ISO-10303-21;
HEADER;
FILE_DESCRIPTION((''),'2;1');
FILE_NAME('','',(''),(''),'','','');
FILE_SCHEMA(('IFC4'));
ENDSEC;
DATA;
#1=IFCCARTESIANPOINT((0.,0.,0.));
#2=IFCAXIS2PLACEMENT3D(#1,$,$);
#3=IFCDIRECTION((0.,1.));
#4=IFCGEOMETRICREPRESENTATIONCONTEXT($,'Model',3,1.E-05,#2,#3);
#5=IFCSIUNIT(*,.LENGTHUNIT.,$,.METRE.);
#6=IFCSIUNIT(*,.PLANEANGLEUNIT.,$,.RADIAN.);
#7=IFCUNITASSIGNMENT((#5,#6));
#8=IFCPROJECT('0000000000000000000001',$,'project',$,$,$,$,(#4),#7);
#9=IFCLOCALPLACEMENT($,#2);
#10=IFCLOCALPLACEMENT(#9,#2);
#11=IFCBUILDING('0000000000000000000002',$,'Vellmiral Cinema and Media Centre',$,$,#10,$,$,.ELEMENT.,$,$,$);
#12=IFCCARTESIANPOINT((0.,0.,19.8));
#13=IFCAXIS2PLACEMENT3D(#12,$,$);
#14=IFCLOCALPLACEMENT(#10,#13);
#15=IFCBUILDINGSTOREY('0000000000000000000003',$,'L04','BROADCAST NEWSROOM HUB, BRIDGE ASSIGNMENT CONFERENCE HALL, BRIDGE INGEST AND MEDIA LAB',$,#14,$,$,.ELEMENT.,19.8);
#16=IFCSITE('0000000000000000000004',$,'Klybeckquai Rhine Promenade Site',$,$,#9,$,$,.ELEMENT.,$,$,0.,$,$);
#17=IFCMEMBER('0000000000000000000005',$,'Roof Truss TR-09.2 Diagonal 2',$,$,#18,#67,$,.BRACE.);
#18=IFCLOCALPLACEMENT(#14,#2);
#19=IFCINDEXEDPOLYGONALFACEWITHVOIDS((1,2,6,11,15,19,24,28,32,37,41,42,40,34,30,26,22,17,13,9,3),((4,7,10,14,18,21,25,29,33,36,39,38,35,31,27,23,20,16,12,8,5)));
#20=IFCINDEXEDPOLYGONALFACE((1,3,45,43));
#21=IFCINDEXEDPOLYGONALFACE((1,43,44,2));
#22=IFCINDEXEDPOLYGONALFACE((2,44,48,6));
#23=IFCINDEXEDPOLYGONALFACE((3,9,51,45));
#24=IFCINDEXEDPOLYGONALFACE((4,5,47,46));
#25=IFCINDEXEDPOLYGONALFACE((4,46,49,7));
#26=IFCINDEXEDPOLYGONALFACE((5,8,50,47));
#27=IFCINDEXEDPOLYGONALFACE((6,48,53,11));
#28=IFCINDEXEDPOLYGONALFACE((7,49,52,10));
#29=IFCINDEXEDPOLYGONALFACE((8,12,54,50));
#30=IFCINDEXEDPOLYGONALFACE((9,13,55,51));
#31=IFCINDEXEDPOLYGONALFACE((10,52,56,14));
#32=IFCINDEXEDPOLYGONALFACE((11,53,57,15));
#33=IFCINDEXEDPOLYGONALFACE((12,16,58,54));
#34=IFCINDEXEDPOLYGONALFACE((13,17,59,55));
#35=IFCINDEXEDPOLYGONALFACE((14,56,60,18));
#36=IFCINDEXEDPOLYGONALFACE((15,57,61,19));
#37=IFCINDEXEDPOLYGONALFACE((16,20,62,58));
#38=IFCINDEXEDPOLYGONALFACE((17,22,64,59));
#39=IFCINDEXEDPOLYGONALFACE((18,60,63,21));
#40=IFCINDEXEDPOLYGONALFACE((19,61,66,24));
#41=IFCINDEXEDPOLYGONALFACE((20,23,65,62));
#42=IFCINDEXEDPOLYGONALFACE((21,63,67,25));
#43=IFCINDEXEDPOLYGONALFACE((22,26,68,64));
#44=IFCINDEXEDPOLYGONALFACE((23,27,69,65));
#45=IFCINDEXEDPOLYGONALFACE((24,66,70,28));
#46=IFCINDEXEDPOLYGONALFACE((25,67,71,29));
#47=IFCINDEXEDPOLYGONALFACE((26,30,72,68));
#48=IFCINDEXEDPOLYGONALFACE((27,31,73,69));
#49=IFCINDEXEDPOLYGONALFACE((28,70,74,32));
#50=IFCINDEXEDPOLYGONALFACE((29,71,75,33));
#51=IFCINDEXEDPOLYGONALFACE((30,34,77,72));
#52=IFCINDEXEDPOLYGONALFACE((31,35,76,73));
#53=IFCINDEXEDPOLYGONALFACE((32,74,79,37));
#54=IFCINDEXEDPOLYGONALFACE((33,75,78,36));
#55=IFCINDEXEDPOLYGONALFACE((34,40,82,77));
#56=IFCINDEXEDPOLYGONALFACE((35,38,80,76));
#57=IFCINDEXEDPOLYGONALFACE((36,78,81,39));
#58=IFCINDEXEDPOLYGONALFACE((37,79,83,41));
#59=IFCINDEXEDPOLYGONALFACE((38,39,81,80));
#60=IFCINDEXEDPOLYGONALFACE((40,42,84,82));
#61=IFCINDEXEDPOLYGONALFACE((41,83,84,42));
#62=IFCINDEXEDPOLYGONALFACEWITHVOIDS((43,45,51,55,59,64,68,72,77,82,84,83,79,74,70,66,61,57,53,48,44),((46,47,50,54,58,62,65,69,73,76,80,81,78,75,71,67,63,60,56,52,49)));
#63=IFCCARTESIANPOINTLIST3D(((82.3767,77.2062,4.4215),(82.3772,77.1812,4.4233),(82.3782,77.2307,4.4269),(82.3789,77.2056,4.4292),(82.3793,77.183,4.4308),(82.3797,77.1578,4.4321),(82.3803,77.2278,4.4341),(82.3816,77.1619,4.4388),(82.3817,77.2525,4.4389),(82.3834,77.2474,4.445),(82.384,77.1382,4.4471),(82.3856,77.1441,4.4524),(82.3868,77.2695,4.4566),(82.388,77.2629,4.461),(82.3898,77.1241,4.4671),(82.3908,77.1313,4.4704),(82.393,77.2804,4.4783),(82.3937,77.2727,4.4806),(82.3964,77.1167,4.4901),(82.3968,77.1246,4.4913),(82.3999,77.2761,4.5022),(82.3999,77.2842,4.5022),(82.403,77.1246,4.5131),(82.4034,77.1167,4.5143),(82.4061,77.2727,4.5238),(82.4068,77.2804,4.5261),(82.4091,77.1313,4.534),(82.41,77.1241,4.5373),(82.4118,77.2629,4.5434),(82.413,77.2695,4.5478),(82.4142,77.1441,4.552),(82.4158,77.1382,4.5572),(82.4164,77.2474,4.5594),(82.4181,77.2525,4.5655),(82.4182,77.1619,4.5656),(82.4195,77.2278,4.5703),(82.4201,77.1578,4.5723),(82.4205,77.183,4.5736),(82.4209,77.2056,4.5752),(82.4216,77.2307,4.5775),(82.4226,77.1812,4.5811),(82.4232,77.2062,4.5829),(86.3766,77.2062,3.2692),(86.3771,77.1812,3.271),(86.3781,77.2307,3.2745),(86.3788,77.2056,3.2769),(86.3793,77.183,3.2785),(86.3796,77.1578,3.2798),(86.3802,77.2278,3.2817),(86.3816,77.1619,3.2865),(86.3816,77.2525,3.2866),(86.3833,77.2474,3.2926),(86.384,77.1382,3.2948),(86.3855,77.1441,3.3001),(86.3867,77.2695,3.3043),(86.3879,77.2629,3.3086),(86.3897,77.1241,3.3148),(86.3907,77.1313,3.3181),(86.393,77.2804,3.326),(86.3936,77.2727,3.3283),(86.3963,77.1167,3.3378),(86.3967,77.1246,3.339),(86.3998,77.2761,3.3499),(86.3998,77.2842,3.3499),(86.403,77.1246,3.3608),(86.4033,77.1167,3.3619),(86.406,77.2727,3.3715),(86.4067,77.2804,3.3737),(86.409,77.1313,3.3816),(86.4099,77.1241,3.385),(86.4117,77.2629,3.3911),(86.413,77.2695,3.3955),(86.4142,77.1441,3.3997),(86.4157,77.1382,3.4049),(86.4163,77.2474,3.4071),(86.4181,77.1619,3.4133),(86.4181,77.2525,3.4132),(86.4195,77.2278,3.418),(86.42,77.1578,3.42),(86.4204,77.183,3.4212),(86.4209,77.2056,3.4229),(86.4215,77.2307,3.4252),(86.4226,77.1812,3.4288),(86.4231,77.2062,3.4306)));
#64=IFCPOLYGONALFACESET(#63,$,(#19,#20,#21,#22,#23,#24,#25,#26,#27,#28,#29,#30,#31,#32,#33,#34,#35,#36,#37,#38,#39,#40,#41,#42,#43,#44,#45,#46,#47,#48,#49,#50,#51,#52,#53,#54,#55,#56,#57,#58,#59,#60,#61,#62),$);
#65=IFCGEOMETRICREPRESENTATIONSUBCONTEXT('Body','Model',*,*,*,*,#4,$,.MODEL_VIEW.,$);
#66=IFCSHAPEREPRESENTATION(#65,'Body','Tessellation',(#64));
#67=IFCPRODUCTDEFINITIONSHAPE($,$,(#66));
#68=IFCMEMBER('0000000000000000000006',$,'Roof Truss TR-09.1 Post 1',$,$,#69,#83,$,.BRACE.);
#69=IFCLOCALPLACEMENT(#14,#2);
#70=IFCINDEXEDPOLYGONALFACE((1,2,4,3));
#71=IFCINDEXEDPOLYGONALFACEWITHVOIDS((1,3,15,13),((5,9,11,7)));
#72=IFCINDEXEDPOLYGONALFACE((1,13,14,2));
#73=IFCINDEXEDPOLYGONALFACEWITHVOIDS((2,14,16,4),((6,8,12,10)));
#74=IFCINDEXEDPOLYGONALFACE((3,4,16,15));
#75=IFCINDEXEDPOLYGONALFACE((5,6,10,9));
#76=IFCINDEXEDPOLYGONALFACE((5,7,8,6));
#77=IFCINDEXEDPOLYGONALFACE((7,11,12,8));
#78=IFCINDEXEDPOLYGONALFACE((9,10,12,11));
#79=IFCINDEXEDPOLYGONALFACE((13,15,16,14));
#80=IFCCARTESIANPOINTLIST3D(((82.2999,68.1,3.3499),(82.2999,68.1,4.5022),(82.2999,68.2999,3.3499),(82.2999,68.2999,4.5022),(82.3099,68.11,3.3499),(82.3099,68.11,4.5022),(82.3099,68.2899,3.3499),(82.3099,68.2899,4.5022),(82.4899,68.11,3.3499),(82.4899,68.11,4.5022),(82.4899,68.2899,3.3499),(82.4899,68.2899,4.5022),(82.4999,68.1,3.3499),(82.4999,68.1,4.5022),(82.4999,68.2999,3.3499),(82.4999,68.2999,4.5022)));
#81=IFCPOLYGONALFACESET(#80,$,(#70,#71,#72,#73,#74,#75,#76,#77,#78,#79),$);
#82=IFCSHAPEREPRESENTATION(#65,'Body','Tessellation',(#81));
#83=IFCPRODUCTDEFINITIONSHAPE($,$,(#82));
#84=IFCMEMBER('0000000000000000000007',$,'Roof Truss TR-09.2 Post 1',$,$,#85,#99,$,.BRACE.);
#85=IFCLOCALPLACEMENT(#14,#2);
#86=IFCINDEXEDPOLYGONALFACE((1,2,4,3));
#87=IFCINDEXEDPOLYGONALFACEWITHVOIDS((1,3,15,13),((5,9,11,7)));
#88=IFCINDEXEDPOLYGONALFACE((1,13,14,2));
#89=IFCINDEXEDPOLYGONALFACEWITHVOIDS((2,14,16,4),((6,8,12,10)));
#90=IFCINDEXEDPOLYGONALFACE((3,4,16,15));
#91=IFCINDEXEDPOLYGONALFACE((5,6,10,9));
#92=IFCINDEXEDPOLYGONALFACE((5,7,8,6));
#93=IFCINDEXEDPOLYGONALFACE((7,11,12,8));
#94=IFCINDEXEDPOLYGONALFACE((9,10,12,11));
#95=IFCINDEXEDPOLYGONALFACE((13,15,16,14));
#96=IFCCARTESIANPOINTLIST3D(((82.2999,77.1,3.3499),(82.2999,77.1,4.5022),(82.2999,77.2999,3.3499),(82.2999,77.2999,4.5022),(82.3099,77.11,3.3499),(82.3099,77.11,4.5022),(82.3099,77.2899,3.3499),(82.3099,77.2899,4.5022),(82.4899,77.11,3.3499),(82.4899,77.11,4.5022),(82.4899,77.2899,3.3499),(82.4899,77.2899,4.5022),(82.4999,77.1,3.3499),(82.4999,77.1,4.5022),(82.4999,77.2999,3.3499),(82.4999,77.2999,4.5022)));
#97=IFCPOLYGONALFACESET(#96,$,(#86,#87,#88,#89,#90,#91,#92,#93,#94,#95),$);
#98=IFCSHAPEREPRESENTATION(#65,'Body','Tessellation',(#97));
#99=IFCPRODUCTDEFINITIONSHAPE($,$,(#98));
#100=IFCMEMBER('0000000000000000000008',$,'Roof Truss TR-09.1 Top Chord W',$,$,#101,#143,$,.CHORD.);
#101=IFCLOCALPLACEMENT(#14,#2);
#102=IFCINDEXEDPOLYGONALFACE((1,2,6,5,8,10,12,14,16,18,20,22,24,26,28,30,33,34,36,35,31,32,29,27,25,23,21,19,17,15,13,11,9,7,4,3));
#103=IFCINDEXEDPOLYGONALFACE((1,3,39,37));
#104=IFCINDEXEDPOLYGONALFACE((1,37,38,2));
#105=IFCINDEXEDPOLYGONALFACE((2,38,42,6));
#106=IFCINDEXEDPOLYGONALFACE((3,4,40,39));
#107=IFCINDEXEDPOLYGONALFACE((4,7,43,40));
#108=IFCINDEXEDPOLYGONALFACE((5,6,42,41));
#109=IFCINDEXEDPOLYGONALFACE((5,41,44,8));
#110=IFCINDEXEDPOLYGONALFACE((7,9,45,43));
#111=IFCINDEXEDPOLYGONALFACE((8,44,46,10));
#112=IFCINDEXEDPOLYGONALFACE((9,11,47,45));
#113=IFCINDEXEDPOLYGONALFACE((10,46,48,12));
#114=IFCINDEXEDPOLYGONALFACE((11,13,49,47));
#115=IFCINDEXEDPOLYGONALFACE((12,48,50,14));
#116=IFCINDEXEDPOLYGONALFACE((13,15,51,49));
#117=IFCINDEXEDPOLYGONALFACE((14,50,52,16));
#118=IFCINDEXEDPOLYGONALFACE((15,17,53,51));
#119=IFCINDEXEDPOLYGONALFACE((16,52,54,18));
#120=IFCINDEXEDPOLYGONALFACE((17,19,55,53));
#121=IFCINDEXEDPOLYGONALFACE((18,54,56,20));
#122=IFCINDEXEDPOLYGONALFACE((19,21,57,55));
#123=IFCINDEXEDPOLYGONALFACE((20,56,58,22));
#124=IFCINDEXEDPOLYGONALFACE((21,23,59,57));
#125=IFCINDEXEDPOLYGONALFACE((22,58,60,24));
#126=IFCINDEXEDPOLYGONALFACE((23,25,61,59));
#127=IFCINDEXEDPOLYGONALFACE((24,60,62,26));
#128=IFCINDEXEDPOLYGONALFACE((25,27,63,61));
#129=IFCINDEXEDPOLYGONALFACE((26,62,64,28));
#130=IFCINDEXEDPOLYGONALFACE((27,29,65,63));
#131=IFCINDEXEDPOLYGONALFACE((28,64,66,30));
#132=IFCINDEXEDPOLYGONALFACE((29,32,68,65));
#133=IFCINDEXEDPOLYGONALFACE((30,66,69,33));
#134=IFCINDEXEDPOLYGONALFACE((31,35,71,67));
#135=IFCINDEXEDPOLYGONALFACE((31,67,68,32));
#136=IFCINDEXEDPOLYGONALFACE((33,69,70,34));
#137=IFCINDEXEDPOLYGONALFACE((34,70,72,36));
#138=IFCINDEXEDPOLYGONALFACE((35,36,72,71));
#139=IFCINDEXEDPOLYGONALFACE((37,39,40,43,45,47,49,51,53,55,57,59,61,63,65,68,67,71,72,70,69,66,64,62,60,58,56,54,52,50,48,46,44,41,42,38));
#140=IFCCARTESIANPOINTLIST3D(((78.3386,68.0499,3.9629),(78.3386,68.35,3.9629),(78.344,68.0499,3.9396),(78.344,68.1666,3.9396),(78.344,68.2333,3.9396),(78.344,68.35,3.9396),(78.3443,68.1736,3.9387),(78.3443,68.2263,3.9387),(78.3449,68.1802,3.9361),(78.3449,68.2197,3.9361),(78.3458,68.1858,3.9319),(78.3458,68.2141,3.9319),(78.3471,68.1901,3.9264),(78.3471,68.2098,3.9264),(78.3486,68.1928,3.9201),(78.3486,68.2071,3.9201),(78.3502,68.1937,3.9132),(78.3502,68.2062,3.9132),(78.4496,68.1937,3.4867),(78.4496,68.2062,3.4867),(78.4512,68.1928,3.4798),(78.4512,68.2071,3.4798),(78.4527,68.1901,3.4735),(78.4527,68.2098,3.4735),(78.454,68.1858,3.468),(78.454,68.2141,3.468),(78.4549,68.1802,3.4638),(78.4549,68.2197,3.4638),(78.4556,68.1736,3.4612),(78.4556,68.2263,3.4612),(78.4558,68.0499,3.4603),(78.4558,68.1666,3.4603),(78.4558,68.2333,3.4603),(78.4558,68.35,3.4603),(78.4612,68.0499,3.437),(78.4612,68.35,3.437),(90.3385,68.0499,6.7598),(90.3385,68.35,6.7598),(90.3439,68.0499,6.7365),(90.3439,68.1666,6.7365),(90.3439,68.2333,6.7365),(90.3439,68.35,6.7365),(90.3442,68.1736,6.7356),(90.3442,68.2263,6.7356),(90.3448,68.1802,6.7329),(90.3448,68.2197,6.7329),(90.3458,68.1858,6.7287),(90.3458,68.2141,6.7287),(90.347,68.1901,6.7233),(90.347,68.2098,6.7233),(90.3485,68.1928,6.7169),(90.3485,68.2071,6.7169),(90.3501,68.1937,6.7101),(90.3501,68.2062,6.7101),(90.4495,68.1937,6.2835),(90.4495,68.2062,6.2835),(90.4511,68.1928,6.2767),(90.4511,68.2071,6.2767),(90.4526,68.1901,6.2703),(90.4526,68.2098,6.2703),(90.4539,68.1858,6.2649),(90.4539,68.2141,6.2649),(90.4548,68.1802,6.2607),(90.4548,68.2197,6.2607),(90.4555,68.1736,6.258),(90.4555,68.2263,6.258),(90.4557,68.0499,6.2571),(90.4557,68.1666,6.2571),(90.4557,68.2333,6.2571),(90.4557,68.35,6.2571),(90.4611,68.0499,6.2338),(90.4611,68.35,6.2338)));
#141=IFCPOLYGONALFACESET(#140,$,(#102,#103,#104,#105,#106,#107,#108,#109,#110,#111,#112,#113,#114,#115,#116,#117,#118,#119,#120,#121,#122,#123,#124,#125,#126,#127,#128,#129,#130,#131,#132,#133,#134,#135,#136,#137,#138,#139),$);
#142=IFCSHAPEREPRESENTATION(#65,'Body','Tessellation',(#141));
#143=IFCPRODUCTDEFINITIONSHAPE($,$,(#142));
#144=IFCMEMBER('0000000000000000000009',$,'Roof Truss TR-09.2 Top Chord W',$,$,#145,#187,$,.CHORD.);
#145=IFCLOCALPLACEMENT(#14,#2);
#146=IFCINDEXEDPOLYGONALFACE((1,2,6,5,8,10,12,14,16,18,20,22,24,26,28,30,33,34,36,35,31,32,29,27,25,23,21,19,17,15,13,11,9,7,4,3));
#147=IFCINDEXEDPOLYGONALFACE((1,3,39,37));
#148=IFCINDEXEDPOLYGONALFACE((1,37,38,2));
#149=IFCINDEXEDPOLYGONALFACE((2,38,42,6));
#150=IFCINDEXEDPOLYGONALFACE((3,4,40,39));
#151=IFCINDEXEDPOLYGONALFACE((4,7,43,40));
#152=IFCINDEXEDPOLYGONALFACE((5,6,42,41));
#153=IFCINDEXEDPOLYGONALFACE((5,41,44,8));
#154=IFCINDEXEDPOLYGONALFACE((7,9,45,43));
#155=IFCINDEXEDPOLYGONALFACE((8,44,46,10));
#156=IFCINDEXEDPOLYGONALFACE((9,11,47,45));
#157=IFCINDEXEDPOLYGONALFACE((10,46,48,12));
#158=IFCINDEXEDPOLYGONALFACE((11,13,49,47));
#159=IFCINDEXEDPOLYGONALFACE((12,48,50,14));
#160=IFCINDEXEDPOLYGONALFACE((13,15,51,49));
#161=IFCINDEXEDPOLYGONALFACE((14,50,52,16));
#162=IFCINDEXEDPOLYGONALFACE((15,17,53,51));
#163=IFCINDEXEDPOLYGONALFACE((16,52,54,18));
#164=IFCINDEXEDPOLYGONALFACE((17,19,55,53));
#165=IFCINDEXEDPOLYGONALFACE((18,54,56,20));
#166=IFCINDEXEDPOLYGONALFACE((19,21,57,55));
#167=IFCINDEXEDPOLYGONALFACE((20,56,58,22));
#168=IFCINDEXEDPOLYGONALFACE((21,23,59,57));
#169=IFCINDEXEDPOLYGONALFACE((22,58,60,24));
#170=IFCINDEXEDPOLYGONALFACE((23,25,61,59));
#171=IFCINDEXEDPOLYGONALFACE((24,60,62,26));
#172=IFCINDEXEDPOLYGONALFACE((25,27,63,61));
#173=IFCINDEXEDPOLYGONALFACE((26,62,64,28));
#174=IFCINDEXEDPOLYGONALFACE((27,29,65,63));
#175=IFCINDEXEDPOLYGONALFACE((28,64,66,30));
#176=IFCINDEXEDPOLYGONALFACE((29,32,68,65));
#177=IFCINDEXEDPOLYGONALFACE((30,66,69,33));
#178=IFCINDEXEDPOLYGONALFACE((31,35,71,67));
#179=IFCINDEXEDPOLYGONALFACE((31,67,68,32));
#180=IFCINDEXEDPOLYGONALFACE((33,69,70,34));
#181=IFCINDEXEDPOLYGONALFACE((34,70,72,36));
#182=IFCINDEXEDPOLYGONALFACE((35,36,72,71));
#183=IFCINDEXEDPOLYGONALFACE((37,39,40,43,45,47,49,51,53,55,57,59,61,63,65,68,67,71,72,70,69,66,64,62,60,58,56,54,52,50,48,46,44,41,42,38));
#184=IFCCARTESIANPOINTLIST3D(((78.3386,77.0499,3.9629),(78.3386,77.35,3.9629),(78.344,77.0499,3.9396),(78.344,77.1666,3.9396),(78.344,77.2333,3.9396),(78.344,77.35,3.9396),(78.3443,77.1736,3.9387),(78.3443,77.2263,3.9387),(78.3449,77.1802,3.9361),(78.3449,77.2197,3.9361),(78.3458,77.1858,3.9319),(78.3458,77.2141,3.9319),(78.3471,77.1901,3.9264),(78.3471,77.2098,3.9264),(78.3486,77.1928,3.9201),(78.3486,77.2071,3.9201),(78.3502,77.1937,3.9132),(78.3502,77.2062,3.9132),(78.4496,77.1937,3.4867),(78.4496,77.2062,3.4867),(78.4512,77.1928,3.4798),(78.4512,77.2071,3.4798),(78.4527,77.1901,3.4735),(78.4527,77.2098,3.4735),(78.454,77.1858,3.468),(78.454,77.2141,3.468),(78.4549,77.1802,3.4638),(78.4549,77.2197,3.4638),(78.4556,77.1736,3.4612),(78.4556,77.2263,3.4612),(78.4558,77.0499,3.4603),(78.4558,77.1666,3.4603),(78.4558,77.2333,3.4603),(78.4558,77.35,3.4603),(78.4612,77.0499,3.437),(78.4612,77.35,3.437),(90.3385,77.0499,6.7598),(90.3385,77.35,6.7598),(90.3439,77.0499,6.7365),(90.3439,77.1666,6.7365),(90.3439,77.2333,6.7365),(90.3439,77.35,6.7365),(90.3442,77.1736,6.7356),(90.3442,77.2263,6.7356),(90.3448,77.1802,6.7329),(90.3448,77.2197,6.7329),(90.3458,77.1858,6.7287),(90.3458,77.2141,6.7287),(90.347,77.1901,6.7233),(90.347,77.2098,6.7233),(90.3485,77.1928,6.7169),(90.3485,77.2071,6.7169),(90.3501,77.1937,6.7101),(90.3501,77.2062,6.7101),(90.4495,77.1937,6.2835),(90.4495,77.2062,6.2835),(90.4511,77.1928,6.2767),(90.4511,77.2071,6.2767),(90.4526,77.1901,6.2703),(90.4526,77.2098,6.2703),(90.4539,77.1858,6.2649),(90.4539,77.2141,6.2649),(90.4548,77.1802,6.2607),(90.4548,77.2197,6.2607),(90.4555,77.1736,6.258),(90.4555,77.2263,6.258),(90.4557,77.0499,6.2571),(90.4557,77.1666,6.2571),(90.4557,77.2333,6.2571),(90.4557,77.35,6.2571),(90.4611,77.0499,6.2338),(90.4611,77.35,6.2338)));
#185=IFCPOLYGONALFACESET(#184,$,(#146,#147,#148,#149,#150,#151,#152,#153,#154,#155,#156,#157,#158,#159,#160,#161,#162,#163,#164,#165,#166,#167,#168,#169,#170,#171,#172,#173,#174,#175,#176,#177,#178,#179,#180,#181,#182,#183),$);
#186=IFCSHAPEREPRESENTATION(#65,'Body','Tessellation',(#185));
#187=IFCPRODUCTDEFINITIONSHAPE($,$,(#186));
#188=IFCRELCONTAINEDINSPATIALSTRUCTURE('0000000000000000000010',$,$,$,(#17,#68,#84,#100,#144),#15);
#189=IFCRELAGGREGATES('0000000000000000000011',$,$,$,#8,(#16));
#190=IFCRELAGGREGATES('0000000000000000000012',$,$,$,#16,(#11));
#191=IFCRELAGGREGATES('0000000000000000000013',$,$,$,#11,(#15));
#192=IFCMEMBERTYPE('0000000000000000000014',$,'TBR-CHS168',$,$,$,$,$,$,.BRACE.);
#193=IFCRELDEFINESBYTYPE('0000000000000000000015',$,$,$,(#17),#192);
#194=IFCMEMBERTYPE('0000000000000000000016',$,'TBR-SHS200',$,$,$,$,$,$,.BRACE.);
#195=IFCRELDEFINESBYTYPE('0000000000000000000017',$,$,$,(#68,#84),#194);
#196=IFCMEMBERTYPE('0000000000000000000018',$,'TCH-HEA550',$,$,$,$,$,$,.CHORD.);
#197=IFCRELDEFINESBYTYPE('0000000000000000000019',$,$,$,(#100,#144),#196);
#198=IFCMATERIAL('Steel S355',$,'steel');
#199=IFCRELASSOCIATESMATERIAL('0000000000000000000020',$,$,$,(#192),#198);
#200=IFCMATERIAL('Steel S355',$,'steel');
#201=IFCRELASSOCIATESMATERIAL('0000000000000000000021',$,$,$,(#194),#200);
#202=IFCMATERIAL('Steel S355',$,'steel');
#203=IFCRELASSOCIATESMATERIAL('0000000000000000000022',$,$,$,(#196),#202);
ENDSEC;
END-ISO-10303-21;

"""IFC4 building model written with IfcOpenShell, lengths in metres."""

from ifc_helpers import new_model, si_unit, direction, frame, origin, origin_2d, place, context, subcontext, project, spatial, hollow_rectangle, hollow_circle, i_section, extrude, material, material_profile, profile_set, type_object, element, save


model = new_model("IFC4")

# Units and contexts
model_context = context("Model", 3, precision=1e-05, world=origin(), true_north=direction((0.0, 1.0)))
body_context = subcontext(model_context, "Body", "Model", "MODEL_VIEW")
ifc_project = project(units=[si_unit("LENGTHUNIT", "METRE"), si_unit("PLANEANGLEUNIT", "RADIAN")], contexts=[model_context])

# Site, building, storey
site_placement = place(None, origin())
site = spatial("IfcSite", under=ifc_project, at=site_placement, Name="Klybeckquai Rhine Promenade Site", CompositionType="ELEMENT", RefElevation=0.0)
building_placement = place(site_placement, origin())
building = spatial("IfcBuilding", under=site, at=building_placement, Name="Vellmiral Cinema and Media Centre", CompositionType="ELEMENT")
storey_placement = place(building_placement, frame((0.0, 0.0, 19.8)))
storey = spatial("IfcBuildingStorey", under=building, at=storey_placement, Name="L04", Description="BROADCAST NEWSROOM HUB, BRIDGE ASSIGNMENT CONFERENCE HALL, BRIDGE INGEST AND MEDIA LAB", CompositionType="ELEMENT", Elevation=19.8)

# Members
ifc_material_1 = material(Name="Steel S355", Category="steel")
ifc_material_profile_1 = material_profile(ifc_material_1, hollow_circle(Radius=0.0842, WallThickness=0.0081, at=origin_2d()), Name="CHS 168.3x8.0")
ifc_profile_set_1 = profile_set([ifc_material_profile_1], Name="Steel S355")
member_type_1 = type_object("IfcMemberType", Name="TBR-CHS168", PredefinedType="BRACE", material=ifc_profile_set_1)
member_1_placement = place(storey_placement, frame((82.3999, 77.2, 4.5022), z_axis=(0.96092, 0.0, -0.276827), x_axis=(0.0, 1.0, 0.0)))
element("IfcMember", 1, at=member_1_placement, inside=storey, type_object=member_type_1, Name="Roof Truss TR-09.2 Diagonal 2", PredefinedType="BRACE", context=body_context, shape_type="SweptSolid", body=[
    extrude(hollow_circle(Radius=0.0842, WallThickness=0.0081, at=origin_2d()), origin(), (0.0, 0.0, 1.0), 4.1626),
])
ifc_material_2 = material(Name="Steel S355", Category="steel")
ifc_material_profile_2 = material_profile(ifc_material_2, hollow_rectangle(XDim=0.2, YDim=0.2, WallThickness=0.01, at=origin_2d()), Name="SHS 200x200x10.0")
ifc_profile_set_2 = profile_set([ifc_material_profile_2], Name="Steel S355")
member_type_2 = type_object("IfcMemberType", Name="TBR-SHS200", PredefinedType="BRACE", material=ifc_profile_set_2)
for number, where, z_axis, x_axis, name in (
    (2, (82.3999, 68.2, 3.3499), (0.0, 0.0, 1.0), (1.0, 0.0, 0.0), "Roof Truss TR-09.1 Post 1"),
    (3, (82.3999, 77.2, 3.3499), (0.0, 0.0, 1.0), (1.0, 0.0, 0.0), "Roof Truss TR-09.2 Post 1"),
):
    element("IfcMember", number, at=place(storey_placement, frame(where, z_axis=z_axis, x_axis=x_axis)), inside=storey, type_object=member_type_2, Name=name, PredefinedType="BRACE", context=body_context, shape_type="SweptSolid", body=[
        extrude(hollow_rectangle(XDim=0.2, YDim=0.2, WallThickness=0.01, at=origin_2d()), origin(), (0.0, 0.0, 1.0), 1.1523),
    ])
ifc_material_3 = material(Name="Steel S355", Category="steel")
ifc_material_profile_3 = material_profile(ifc_material_3, i_section(OverallWidth=0.3, OverallDepth=0.54, WebThickness=0.0125, FlangeThickness=0.0239, FilletRadius=0.0271, at=origin_2d()), Name="HEA 550")
ifc_profile_set_3 = profile_set([ifc_material_profile_3], Name="Steel S355")
member_type_3 = type_object("IfcMemberType", Name="TCH-HEA550", PredefinedType="CHORD", material=ifc_profile_set_3)
for number, where, z_axis, x_axis, name in (
    (4, (78.3999, 68.2, 3.7), (0.973897, 0.0, 0.226989), (0.0, 1.0, 0.0), "Roof Truss TR-09.1 Top Chord W"),
    (5, (78.3999, 77.2, 3.7), (0.973897, 0.0, 0.226989), (0.0, 1.0, 0.0), "Roof Truss TR-09.2 Top Chord W"),
):
    element("IfcMember", number, at=place(storey_placement, frame(where, z_axis=z_axis, x_axis=x_axis)), inside=storey, type_object=member_type_3, Name=name, PredefinedType="CHORD", context=body_context, shape_type="SweptSolid", body=[
        extrude(i_section(OverallWidth=0.3, OverallDepth=0.54, WebThickness=0.0125, FlangeThickness=0.0239, FilletRadius=0.0271, at=origin_2d()), origin(), (0.0, 0.0, 1.0), 12.3215),
    ])

save(model, "model.ifc")
